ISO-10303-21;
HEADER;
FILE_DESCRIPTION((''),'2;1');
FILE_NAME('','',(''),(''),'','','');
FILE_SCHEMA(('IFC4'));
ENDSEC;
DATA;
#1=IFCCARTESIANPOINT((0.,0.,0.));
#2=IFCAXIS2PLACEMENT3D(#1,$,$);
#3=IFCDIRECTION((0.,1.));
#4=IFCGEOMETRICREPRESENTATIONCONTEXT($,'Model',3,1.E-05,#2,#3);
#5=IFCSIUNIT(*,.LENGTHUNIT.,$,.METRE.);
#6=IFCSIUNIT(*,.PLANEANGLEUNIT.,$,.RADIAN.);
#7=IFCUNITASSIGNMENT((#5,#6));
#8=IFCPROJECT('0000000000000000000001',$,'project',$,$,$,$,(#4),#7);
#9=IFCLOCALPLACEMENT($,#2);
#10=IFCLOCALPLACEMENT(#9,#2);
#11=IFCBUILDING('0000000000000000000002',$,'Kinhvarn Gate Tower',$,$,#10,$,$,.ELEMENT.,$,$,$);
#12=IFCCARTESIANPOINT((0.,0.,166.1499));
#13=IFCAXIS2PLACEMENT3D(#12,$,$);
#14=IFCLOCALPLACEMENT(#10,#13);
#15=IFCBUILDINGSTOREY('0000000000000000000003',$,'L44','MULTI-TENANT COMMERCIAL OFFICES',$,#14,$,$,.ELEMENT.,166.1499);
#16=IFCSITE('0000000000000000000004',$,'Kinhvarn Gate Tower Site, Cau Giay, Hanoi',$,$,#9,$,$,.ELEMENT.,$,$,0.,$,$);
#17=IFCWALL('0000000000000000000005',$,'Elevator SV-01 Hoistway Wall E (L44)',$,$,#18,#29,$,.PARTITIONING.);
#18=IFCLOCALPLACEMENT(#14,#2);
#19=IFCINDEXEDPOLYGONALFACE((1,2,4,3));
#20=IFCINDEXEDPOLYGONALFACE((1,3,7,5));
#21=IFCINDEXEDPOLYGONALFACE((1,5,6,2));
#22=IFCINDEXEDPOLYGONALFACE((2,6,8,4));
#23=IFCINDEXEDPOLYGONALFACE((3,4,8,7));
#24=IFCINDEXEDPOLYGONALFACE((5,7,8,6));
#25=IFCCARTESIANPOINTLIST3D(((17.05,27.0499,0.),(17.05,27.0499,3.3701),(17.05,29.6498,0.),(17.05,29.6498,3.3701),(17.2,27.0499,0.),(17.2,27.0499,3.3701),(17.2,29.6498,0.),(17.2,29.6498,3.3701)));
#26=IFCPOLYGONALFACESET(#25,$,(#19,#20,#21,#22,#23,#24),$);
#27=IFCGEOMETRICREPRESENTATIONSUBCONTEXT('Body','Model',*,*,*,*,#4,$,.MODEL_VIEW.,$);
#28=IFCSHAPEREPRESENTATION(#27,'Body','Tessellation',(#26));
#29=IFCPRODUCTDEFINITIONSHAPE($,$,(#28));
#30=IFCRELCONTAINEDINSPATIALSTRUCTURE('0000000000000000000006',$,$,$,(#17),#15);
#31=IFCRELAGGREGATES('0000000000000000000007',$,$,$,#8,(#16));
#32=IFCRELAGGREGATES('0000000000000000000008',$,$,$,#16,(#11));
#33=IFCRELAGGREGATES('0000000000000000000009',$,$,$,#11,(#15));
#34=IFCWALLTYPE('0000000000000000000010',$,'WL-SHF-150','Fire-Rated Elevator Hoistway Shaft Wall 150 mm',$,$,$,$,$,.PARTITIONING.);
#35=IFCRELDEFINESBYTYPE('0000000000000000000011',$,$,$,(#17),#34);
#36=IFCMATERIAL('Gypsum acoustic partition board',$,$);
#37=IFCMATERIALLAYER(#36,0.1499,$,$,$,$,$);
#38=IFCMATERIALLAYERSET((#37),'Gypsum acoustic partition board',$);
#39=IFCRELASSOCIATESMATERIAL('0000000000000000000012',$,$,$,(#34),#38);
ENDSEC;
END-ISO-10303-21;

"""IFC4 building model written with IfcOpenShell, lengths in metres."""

from ifc_helpers import new_model, si_unit, direction, frame, frame_2d, origin, place, context, subcontext, project, spatial, rectangle, extrude, material, layer, layer_set, type_object, element, save


model = new_model("IFC4")

# Units and contexts
model_context = context("Model", 3, precision=1e-05, world=origin(), true_north=direction((0.0, 1.0)))
body_context = subcontext(model_context, "Body", "Model", "MODEL_VIEW")
ifc_project = project(units=[si_unit("LENGTHUNIT", "METRE"), si_unit("PLANEANGLEUNIT", "RADIAN")], contexts=[model_context])

# Site, building, storey
site_placement = place(None, origin())
site = spatial("IfcSite", under=ifc_project, at=site_placement, Name="Kinhvarn Gate Tower Site, Cau Giay, Hanoi", CompositionType="ELEMENT", RefElevation=0.0)
building_placement = place(site_placement, origin())
building = spatial("IfcBuilding", under=site, at=building_placement, Name="Kinhvarn Gate Tower", CompositionType="ELEMENT")
storey_placement = place(building_placement, frame((0.0, 0.0, 166.1499)))
storey = spatial("IfcBuildingStorey", under=building, at=storey_placement, Name="L44", Description="MULTI-TENANT COMMERCIAL OFFICES", CompositionType="ELEMENT", Elevation=166.1499)

# Shared definitions
ifc_material_1 = material(Name="Gypsum acoustic partition board")

# Shared definitions
ifc_layer_1 = layer(ifc_material_1, 0.1499)
ifc_layer_set_1 = layer_set([ifc_layer_1], Name="Gypsum acoustic partition board")
wall_type_1 = type_object("IfcWallType", Name="WL-SHF-150", Description="Fire-Rated Elevator Hoistway Shaft Wall 150 mm", PredefinedType="PARTITIONING", material=ifc_layer_set_1)

# Wall
wall_1_placement = place(storey_placement, frame((17.125, 27.05, 0.0), z_axis=(0.0, 0.0, 1.0), x_axis=(0.0, 1.0, 0.0)))
element("IfcWall", 1, at=wall_1_placement, inside=storey, type_object=wall_type_1, Name="Elevator SV-01 Hoistway Wall E (L44)", PredefinedType="PARTITIONING", context=body_context, shape_type="SweptSolid", body=[
    extrude(rectangle(XDim=2.5999, YDim=0.1499, at=frame_2d((1.2998, 0.0))), origin(), (0.0, 0.0, 1.0), 3.3701),
])

save(model, "model.ifc")
